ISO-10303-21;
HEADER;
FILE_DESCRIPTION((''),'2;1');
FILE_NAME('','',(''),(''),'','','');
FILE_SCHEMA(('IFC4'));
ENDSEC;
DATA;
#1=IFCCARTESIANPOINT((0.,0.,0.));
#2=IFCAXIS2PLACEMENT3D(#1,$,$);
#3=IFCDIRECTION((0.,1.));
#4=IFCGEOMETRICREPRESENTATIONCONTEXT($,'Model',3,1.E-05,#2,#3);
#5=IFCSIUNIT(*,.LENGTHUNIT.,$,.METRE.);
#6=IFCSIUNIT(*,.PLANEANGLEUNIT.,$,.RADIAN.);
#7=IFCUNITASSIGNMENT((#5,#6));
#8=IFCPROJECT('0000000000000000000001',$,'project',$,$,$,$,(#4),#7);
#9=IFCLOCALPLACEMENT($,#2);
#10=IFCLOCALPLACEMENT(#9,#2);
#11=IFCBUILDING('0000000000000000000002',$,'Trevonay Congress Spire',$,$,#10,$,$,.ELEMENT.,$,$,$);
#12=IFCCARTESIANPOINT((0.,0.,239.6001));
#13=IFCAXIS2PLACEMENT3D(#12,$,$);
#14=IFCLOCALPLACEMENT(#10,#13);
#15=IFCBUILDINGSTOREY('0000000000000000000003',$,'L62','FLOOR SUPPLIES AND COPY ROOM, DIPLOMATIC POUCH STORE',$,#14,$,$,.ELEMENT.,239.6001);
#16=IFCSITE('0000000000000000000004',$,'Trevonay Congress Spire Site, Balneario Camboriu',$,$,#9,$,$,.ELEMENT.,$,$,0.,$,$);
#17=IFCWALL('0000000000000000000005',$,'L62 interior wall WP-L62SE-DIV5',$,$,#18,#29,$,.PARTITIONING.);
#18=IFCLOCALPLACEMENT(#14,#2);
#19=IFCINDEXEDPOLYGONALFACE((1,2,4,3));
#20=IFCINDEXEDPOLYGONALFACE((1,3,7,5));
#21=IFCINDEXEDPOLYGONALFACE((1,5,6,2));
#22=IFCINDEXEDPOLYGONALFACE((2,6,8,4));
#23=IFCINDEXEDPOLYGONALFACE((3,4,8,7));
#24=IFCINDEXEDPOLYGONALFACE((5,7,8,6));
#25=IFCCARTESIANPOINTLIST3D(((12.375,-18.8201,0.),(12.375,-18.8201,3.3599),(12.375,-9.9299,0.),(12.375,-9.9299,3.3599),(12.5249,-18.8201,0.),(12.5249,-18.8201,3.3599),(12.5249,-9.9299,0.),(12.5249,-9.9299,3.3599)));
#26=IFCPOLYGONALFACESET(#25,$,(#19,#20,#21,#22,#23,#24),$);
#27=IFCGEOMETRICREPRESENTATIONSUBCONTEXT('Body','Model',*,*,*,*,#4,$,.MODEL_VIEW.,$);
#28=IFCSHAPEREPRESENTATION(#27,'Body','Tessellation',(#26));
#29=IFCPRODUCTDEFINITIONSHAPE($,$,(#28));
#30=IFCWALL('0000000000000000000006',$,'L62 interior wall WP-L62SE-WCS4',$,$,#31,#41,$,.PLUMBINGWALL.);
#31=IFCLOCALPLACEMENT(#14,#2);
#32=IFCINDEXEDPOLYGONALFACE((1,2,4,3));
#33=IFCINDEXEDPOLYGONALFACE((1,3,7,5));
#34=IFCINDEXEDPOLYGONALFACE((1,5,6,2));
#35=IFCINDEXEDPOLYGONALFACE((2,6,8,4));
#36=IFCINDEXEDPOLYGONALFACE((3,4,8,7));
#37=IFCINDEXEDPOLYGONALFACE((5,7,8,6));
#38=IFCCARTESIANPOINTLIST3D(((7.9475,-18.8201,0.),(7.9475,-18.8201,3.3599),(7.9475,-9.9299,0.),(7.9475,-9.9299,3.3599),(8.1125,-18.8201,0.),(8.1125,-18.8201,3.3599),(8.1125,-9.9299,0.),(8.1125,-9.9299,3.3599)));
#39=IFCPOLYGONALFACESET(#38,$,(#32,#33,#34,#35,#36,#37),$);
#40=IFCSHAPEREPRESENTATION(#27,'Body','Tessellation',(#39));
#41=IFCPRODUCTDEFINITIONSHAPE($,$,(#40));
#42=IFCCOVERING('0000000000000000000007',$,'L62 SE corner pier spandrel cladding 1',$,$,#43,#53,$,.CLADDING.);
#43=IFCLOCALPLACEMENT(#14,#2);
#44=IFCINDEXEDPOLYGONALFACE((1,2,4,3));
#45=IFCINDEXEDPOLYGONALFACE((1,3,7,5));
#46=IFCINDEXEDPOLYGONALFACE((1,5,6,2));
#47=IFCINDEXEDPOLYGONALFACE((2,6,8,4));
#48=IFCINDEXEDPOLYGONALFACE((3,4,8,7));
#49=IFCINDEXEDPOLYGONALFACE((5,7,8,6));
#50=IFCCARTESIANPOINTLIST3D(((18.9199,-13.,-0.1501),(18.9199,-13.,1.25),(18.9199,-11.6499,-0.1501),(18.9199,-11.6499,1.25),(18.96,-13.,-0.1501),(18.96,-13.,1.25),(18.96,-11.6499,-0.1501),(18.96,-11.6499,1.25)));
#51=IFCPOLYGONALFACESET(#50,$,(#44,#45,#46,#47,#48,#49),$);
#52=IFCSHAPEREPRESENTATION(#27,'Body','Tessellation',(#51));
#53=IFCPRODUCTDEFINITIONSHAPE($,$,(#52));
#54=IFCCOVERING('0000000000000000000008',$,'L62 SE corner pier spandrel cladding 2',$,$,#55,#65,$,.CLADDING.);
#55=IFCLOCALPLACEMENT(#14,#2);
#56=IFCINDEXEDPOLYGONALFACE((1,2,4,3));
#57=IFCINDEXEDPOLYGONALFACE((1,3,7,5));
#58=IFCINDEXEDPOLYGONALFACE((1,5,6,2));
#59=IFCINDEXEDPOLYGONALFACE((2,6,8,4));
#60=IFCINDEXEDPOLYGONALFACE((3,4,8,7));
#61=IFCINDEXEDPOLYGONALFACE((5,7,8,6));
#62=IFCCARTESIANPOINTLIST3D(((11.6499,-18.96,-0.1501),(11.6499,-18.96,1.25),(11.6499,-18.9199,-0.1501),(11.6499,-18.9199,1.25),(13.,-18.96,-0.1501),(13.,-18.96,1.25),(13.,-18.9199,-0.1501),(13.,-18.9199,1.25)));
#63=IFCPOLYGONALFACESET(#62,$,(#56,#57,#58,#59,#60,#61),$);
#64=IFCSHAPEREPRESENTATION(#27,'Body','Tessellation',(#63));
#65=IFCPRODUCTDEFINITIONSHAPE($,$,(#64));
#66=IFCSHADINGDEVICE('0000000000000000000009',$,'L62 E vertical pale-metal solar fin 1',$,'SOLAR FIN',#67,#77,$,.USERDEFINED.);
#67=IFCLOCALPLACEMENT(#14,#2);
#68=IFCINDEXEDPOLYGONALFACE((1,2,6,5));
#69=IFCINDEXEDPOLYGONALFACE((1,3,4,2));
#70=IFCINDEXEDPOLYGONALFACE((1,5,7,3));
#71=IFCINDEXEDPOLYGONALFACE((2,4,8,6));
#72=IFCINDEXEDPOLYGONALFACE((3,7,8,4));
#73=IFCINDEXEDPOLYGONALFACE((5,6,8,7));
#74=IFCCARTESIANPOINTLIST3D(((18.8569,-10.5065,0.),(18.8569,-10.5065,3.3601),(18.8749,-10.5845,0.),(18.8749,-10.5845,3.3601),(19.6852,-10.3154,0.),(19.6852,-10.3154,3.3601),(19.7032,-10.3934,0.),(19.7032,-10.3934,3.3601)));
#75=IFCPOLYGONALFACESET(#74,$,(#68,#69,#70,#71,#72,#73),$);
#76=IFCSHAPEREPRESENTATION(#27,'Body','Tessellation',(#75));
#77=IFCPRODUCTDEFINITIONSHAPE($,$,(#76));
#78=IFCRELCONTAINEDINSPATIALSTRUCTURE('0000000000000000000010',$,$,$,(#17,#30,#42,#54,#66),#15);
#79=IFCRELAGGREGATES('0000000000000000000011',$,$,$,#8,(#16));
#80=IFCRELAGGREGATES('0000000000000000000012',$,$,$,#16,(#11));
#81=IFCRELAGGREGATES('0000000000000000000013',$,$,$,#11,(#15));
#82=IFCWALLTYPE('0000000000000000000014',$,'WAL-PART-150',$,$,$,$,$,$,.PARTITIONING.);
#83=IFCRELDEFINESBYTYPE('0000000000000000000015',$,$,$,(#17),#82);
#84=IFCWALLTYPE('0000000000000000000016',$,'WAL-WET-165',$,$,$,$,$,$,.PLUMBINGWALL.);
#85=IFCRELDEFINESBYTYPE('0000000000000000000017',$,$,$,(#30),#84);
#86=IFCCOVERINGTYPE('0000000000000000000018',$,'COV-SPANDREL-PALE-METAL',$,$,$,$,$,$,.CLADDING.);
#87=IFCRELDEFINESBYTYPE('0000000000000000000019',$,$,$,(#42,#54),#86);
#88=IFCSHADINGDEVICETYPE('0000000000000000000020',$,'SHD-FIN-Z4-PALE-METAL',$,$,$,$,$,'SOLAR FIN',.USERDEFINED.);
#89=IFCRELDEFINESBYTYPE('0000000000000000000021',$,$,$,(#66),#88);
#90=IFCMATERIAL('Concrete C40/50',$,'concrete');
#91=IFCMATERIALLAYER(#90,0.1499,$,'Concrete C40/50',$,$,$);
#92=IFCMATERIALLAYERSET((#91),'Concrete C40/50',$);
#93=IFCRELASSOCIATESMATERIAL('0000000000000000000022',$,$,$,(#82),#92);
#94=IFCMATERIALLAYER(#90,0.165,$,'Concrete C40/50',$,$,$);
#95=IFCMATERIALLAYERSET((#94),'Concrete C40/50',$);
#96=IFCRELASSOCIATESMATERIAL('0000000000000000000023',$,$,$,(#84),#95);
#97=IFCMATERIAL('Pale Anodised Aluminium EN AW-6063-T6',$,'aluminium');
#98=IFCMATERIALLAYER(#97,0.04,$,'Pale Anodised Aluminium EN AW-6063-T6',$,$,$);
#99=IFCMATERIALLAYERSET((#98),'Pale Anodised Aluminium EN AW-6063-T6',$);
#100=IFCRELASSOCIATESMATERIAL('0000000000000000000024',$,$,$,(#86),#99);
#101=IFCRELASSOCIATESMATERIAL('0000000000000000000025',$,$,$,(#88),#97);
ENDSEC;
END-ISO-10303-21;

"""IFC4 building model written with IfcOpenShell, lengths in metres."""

from ifc_helpers import new_model, si_unit, direction, frame, frame_2d, origin, origin_2d, place, context, subcontext, project, spatial, rectangle, extrude, material, layer, layer_set, type_object, element, save


model = new_model("IFC4")

# Units and contexts
model_context = context("Model", 3, precision=1e-05, world=origin(), true_north=direction((0.0, 1.0)))
body_context = subcontext(model_context, "Body", "Model", "MODEL_VIEW")
ifc_project = project(units=[si_unit("LENGTHUNIT", "METRE"), si_unit("PLANEANGLEUNIT", "RADIAN")], contexts=[model_context])

# Site, building, storey
site_placement = place(None, origin())
site = spatial("IfcSite", under=ifc_project, at=site_placement, Name="Trevonay Congress Spire Site, Balneario Camboriu", CompositionType="ELEMENT", RefElevation=0.0)
building_placement = place(site_placement, origin())
building = spatial("IfcBuilding", under=site, at=building_placement, Name="Trevonay Congress Spire", CompositionType="ELEMENT")
storey_placement = place(building_placement, frame((0.0, 0.0, 239.6001)))
storey = spatial("IfcBuildingStorey", under=building, at=storey_placement, Name="L62", Description="FLOOR SUPPLIES AND COPY ROOM, DIPLOMATIC POUCH STORE", CompositionType="ELEMENT", Elevation=239.6001)

# Shared definitions
ifc_material_1 = material(Name="Pale Anodised Aluminium EN AW-6063-T6", Category="aluminium")

# Walls
ifc_material_2 = material(Name="Concrete C40/50", Category="concrete")
ifc_layer_1 = layer(ifc_material_2, 0.1499, Name="Concrete C40/50")
ifc_layer_set_1 = layer_set([ifc_layer_1], Name="Concrete C40/50")
wall_type_1 = type_object("IfcWallType", Name="WAL-PART-150", PredefinedType="PARTITIONING", material=ifc_layer_set_1)
wall_1_placement = place(storey_placement, frame((12.45, -18.8201, 0.0), z_axis=(0.0, 0.0, 1.0), x_axis=(0.0, 1.0, 0.0)))
element("IfcWall", 1, at=wall_1_placement, inside=storey, type_object=wall_type_1, Name="L62 interior wall WP-L62SE-DIV5", PredefinedType="PARTITIONING", context=body_context, shape_type="SweptSolid", body=[
    extrude(rectangle(XDim=8.8901, YDim=0.1499, at=frame_2d((4.4451, 0.0))), origin(), (0.0, 0.0, 1.0), 3.3599),
])
ifc_layer_2 = layer(ifc_material_2, 0.165, Name="Concrete C40/50")
ifc_layer_set_2 = layer_set([ifc_layer_2], Name="Concrete C40/50")
wall_type_2 = type_object("IfcWallType", Name="WAL-WET-165", PredefinedType="PLUMBINGWALL", material=ifc_layer_set_2)
wall_2_placement = place(storey_placement, frame((8.03, -18.8201, 0.0), z_axis=(0.0, 0.0, 1.0), x_axis=(0.0, 1.0, 0.0)))
element("IfcWall", 2, at=wall_2_placement, inside=storey, type_object=wall_type_2, Name="L62 interior wall WP-L62SE-WCS4", PredefinedType="PLUMBINGWALL", context=body_context, shape_type="SweptSolid", body=[
    extrude(rectangle(XDim=8.8901, YDim=0.165, at=frame_2d((4.4451, 0.0))), origin(), (0.0, 0.0, 1.0), 3.3599),
])

# Coverings
ifc_layer_3 = layer(ifc_material_1, 0.04, Name="Pale Anodised Aluminium EN AW-6063-T6")
ifc_layer_set_3 = layer_set([ifc_layer_3], Name="Pale Anodised Aluminium EN AW-6063-T6")
covering_type = type_object("IfcCoveringType", Name="COV-SPANDREL-PALE-METAL", PredefinedType="CLADDING", material=ifc_layer_set_3)
for number, where, z_axis, x_axis, name in (
    (3, (18.9399, -11.6499, -0.1501), (0.0, 0.0, 1.0), (0.0, -1.0, 0.0), "L62 SE corner pier spandrel cladding 1"),
    (4, (11.6499, -18.9399, -0.1501), (0.0, 0.0, 1.0), (1.0, 0.0, 0.0), "L62 SE corner pier spandrel cladding 2"),
):
    element("IfcCovering", number, at=place(storey_placement, frame(where, z_axis=z_axis, x_axis=x_axis)), inside=storey, type_object=covering_type, Name=name, PredefinedType="CLADDING", context=body_context, shape_type="SweptSolid", body=[
        extrude(rectangle(XDim=1.3501, YDim=0.04, at=frame_2d((0.675, 0.0))), origin(), (0.0, 0.0, 1.0), 1.4001),
    ])

# Shading device
shading_device_type = type_object("IfcShadingDeviceType", Name="SHD-FIN-Z4-PALE-METAL", ElementType="SOLAR FIN", PredefinedType="USERDEFINED", material=ifc_material_1)
shading_device_placement = place(storey_placement, frame((19.28, -10.45, 0.0), z_axis=(0.0, 0.0, 1.0), x_axis=(-0.224781, 0.974409, 0.0)))
element("IfcShadingDevice", 5, at=shading_device_placement, inside=storey, type_object=shading_device_type, Name="L62 E vertical pale-metal solar fin 1", ObjectType="SOLAR FIN", PredefinedType="USERDEFINED", context=body_context, shape_type="SweptSolid", body=[
    extrude(rectangle(XDim=0.0801, YDim=0.8501, at=origin_2d()), origin(), (0.0, 0.0, 1.0), 3.3601),
])

save(model, "model.ifc")
